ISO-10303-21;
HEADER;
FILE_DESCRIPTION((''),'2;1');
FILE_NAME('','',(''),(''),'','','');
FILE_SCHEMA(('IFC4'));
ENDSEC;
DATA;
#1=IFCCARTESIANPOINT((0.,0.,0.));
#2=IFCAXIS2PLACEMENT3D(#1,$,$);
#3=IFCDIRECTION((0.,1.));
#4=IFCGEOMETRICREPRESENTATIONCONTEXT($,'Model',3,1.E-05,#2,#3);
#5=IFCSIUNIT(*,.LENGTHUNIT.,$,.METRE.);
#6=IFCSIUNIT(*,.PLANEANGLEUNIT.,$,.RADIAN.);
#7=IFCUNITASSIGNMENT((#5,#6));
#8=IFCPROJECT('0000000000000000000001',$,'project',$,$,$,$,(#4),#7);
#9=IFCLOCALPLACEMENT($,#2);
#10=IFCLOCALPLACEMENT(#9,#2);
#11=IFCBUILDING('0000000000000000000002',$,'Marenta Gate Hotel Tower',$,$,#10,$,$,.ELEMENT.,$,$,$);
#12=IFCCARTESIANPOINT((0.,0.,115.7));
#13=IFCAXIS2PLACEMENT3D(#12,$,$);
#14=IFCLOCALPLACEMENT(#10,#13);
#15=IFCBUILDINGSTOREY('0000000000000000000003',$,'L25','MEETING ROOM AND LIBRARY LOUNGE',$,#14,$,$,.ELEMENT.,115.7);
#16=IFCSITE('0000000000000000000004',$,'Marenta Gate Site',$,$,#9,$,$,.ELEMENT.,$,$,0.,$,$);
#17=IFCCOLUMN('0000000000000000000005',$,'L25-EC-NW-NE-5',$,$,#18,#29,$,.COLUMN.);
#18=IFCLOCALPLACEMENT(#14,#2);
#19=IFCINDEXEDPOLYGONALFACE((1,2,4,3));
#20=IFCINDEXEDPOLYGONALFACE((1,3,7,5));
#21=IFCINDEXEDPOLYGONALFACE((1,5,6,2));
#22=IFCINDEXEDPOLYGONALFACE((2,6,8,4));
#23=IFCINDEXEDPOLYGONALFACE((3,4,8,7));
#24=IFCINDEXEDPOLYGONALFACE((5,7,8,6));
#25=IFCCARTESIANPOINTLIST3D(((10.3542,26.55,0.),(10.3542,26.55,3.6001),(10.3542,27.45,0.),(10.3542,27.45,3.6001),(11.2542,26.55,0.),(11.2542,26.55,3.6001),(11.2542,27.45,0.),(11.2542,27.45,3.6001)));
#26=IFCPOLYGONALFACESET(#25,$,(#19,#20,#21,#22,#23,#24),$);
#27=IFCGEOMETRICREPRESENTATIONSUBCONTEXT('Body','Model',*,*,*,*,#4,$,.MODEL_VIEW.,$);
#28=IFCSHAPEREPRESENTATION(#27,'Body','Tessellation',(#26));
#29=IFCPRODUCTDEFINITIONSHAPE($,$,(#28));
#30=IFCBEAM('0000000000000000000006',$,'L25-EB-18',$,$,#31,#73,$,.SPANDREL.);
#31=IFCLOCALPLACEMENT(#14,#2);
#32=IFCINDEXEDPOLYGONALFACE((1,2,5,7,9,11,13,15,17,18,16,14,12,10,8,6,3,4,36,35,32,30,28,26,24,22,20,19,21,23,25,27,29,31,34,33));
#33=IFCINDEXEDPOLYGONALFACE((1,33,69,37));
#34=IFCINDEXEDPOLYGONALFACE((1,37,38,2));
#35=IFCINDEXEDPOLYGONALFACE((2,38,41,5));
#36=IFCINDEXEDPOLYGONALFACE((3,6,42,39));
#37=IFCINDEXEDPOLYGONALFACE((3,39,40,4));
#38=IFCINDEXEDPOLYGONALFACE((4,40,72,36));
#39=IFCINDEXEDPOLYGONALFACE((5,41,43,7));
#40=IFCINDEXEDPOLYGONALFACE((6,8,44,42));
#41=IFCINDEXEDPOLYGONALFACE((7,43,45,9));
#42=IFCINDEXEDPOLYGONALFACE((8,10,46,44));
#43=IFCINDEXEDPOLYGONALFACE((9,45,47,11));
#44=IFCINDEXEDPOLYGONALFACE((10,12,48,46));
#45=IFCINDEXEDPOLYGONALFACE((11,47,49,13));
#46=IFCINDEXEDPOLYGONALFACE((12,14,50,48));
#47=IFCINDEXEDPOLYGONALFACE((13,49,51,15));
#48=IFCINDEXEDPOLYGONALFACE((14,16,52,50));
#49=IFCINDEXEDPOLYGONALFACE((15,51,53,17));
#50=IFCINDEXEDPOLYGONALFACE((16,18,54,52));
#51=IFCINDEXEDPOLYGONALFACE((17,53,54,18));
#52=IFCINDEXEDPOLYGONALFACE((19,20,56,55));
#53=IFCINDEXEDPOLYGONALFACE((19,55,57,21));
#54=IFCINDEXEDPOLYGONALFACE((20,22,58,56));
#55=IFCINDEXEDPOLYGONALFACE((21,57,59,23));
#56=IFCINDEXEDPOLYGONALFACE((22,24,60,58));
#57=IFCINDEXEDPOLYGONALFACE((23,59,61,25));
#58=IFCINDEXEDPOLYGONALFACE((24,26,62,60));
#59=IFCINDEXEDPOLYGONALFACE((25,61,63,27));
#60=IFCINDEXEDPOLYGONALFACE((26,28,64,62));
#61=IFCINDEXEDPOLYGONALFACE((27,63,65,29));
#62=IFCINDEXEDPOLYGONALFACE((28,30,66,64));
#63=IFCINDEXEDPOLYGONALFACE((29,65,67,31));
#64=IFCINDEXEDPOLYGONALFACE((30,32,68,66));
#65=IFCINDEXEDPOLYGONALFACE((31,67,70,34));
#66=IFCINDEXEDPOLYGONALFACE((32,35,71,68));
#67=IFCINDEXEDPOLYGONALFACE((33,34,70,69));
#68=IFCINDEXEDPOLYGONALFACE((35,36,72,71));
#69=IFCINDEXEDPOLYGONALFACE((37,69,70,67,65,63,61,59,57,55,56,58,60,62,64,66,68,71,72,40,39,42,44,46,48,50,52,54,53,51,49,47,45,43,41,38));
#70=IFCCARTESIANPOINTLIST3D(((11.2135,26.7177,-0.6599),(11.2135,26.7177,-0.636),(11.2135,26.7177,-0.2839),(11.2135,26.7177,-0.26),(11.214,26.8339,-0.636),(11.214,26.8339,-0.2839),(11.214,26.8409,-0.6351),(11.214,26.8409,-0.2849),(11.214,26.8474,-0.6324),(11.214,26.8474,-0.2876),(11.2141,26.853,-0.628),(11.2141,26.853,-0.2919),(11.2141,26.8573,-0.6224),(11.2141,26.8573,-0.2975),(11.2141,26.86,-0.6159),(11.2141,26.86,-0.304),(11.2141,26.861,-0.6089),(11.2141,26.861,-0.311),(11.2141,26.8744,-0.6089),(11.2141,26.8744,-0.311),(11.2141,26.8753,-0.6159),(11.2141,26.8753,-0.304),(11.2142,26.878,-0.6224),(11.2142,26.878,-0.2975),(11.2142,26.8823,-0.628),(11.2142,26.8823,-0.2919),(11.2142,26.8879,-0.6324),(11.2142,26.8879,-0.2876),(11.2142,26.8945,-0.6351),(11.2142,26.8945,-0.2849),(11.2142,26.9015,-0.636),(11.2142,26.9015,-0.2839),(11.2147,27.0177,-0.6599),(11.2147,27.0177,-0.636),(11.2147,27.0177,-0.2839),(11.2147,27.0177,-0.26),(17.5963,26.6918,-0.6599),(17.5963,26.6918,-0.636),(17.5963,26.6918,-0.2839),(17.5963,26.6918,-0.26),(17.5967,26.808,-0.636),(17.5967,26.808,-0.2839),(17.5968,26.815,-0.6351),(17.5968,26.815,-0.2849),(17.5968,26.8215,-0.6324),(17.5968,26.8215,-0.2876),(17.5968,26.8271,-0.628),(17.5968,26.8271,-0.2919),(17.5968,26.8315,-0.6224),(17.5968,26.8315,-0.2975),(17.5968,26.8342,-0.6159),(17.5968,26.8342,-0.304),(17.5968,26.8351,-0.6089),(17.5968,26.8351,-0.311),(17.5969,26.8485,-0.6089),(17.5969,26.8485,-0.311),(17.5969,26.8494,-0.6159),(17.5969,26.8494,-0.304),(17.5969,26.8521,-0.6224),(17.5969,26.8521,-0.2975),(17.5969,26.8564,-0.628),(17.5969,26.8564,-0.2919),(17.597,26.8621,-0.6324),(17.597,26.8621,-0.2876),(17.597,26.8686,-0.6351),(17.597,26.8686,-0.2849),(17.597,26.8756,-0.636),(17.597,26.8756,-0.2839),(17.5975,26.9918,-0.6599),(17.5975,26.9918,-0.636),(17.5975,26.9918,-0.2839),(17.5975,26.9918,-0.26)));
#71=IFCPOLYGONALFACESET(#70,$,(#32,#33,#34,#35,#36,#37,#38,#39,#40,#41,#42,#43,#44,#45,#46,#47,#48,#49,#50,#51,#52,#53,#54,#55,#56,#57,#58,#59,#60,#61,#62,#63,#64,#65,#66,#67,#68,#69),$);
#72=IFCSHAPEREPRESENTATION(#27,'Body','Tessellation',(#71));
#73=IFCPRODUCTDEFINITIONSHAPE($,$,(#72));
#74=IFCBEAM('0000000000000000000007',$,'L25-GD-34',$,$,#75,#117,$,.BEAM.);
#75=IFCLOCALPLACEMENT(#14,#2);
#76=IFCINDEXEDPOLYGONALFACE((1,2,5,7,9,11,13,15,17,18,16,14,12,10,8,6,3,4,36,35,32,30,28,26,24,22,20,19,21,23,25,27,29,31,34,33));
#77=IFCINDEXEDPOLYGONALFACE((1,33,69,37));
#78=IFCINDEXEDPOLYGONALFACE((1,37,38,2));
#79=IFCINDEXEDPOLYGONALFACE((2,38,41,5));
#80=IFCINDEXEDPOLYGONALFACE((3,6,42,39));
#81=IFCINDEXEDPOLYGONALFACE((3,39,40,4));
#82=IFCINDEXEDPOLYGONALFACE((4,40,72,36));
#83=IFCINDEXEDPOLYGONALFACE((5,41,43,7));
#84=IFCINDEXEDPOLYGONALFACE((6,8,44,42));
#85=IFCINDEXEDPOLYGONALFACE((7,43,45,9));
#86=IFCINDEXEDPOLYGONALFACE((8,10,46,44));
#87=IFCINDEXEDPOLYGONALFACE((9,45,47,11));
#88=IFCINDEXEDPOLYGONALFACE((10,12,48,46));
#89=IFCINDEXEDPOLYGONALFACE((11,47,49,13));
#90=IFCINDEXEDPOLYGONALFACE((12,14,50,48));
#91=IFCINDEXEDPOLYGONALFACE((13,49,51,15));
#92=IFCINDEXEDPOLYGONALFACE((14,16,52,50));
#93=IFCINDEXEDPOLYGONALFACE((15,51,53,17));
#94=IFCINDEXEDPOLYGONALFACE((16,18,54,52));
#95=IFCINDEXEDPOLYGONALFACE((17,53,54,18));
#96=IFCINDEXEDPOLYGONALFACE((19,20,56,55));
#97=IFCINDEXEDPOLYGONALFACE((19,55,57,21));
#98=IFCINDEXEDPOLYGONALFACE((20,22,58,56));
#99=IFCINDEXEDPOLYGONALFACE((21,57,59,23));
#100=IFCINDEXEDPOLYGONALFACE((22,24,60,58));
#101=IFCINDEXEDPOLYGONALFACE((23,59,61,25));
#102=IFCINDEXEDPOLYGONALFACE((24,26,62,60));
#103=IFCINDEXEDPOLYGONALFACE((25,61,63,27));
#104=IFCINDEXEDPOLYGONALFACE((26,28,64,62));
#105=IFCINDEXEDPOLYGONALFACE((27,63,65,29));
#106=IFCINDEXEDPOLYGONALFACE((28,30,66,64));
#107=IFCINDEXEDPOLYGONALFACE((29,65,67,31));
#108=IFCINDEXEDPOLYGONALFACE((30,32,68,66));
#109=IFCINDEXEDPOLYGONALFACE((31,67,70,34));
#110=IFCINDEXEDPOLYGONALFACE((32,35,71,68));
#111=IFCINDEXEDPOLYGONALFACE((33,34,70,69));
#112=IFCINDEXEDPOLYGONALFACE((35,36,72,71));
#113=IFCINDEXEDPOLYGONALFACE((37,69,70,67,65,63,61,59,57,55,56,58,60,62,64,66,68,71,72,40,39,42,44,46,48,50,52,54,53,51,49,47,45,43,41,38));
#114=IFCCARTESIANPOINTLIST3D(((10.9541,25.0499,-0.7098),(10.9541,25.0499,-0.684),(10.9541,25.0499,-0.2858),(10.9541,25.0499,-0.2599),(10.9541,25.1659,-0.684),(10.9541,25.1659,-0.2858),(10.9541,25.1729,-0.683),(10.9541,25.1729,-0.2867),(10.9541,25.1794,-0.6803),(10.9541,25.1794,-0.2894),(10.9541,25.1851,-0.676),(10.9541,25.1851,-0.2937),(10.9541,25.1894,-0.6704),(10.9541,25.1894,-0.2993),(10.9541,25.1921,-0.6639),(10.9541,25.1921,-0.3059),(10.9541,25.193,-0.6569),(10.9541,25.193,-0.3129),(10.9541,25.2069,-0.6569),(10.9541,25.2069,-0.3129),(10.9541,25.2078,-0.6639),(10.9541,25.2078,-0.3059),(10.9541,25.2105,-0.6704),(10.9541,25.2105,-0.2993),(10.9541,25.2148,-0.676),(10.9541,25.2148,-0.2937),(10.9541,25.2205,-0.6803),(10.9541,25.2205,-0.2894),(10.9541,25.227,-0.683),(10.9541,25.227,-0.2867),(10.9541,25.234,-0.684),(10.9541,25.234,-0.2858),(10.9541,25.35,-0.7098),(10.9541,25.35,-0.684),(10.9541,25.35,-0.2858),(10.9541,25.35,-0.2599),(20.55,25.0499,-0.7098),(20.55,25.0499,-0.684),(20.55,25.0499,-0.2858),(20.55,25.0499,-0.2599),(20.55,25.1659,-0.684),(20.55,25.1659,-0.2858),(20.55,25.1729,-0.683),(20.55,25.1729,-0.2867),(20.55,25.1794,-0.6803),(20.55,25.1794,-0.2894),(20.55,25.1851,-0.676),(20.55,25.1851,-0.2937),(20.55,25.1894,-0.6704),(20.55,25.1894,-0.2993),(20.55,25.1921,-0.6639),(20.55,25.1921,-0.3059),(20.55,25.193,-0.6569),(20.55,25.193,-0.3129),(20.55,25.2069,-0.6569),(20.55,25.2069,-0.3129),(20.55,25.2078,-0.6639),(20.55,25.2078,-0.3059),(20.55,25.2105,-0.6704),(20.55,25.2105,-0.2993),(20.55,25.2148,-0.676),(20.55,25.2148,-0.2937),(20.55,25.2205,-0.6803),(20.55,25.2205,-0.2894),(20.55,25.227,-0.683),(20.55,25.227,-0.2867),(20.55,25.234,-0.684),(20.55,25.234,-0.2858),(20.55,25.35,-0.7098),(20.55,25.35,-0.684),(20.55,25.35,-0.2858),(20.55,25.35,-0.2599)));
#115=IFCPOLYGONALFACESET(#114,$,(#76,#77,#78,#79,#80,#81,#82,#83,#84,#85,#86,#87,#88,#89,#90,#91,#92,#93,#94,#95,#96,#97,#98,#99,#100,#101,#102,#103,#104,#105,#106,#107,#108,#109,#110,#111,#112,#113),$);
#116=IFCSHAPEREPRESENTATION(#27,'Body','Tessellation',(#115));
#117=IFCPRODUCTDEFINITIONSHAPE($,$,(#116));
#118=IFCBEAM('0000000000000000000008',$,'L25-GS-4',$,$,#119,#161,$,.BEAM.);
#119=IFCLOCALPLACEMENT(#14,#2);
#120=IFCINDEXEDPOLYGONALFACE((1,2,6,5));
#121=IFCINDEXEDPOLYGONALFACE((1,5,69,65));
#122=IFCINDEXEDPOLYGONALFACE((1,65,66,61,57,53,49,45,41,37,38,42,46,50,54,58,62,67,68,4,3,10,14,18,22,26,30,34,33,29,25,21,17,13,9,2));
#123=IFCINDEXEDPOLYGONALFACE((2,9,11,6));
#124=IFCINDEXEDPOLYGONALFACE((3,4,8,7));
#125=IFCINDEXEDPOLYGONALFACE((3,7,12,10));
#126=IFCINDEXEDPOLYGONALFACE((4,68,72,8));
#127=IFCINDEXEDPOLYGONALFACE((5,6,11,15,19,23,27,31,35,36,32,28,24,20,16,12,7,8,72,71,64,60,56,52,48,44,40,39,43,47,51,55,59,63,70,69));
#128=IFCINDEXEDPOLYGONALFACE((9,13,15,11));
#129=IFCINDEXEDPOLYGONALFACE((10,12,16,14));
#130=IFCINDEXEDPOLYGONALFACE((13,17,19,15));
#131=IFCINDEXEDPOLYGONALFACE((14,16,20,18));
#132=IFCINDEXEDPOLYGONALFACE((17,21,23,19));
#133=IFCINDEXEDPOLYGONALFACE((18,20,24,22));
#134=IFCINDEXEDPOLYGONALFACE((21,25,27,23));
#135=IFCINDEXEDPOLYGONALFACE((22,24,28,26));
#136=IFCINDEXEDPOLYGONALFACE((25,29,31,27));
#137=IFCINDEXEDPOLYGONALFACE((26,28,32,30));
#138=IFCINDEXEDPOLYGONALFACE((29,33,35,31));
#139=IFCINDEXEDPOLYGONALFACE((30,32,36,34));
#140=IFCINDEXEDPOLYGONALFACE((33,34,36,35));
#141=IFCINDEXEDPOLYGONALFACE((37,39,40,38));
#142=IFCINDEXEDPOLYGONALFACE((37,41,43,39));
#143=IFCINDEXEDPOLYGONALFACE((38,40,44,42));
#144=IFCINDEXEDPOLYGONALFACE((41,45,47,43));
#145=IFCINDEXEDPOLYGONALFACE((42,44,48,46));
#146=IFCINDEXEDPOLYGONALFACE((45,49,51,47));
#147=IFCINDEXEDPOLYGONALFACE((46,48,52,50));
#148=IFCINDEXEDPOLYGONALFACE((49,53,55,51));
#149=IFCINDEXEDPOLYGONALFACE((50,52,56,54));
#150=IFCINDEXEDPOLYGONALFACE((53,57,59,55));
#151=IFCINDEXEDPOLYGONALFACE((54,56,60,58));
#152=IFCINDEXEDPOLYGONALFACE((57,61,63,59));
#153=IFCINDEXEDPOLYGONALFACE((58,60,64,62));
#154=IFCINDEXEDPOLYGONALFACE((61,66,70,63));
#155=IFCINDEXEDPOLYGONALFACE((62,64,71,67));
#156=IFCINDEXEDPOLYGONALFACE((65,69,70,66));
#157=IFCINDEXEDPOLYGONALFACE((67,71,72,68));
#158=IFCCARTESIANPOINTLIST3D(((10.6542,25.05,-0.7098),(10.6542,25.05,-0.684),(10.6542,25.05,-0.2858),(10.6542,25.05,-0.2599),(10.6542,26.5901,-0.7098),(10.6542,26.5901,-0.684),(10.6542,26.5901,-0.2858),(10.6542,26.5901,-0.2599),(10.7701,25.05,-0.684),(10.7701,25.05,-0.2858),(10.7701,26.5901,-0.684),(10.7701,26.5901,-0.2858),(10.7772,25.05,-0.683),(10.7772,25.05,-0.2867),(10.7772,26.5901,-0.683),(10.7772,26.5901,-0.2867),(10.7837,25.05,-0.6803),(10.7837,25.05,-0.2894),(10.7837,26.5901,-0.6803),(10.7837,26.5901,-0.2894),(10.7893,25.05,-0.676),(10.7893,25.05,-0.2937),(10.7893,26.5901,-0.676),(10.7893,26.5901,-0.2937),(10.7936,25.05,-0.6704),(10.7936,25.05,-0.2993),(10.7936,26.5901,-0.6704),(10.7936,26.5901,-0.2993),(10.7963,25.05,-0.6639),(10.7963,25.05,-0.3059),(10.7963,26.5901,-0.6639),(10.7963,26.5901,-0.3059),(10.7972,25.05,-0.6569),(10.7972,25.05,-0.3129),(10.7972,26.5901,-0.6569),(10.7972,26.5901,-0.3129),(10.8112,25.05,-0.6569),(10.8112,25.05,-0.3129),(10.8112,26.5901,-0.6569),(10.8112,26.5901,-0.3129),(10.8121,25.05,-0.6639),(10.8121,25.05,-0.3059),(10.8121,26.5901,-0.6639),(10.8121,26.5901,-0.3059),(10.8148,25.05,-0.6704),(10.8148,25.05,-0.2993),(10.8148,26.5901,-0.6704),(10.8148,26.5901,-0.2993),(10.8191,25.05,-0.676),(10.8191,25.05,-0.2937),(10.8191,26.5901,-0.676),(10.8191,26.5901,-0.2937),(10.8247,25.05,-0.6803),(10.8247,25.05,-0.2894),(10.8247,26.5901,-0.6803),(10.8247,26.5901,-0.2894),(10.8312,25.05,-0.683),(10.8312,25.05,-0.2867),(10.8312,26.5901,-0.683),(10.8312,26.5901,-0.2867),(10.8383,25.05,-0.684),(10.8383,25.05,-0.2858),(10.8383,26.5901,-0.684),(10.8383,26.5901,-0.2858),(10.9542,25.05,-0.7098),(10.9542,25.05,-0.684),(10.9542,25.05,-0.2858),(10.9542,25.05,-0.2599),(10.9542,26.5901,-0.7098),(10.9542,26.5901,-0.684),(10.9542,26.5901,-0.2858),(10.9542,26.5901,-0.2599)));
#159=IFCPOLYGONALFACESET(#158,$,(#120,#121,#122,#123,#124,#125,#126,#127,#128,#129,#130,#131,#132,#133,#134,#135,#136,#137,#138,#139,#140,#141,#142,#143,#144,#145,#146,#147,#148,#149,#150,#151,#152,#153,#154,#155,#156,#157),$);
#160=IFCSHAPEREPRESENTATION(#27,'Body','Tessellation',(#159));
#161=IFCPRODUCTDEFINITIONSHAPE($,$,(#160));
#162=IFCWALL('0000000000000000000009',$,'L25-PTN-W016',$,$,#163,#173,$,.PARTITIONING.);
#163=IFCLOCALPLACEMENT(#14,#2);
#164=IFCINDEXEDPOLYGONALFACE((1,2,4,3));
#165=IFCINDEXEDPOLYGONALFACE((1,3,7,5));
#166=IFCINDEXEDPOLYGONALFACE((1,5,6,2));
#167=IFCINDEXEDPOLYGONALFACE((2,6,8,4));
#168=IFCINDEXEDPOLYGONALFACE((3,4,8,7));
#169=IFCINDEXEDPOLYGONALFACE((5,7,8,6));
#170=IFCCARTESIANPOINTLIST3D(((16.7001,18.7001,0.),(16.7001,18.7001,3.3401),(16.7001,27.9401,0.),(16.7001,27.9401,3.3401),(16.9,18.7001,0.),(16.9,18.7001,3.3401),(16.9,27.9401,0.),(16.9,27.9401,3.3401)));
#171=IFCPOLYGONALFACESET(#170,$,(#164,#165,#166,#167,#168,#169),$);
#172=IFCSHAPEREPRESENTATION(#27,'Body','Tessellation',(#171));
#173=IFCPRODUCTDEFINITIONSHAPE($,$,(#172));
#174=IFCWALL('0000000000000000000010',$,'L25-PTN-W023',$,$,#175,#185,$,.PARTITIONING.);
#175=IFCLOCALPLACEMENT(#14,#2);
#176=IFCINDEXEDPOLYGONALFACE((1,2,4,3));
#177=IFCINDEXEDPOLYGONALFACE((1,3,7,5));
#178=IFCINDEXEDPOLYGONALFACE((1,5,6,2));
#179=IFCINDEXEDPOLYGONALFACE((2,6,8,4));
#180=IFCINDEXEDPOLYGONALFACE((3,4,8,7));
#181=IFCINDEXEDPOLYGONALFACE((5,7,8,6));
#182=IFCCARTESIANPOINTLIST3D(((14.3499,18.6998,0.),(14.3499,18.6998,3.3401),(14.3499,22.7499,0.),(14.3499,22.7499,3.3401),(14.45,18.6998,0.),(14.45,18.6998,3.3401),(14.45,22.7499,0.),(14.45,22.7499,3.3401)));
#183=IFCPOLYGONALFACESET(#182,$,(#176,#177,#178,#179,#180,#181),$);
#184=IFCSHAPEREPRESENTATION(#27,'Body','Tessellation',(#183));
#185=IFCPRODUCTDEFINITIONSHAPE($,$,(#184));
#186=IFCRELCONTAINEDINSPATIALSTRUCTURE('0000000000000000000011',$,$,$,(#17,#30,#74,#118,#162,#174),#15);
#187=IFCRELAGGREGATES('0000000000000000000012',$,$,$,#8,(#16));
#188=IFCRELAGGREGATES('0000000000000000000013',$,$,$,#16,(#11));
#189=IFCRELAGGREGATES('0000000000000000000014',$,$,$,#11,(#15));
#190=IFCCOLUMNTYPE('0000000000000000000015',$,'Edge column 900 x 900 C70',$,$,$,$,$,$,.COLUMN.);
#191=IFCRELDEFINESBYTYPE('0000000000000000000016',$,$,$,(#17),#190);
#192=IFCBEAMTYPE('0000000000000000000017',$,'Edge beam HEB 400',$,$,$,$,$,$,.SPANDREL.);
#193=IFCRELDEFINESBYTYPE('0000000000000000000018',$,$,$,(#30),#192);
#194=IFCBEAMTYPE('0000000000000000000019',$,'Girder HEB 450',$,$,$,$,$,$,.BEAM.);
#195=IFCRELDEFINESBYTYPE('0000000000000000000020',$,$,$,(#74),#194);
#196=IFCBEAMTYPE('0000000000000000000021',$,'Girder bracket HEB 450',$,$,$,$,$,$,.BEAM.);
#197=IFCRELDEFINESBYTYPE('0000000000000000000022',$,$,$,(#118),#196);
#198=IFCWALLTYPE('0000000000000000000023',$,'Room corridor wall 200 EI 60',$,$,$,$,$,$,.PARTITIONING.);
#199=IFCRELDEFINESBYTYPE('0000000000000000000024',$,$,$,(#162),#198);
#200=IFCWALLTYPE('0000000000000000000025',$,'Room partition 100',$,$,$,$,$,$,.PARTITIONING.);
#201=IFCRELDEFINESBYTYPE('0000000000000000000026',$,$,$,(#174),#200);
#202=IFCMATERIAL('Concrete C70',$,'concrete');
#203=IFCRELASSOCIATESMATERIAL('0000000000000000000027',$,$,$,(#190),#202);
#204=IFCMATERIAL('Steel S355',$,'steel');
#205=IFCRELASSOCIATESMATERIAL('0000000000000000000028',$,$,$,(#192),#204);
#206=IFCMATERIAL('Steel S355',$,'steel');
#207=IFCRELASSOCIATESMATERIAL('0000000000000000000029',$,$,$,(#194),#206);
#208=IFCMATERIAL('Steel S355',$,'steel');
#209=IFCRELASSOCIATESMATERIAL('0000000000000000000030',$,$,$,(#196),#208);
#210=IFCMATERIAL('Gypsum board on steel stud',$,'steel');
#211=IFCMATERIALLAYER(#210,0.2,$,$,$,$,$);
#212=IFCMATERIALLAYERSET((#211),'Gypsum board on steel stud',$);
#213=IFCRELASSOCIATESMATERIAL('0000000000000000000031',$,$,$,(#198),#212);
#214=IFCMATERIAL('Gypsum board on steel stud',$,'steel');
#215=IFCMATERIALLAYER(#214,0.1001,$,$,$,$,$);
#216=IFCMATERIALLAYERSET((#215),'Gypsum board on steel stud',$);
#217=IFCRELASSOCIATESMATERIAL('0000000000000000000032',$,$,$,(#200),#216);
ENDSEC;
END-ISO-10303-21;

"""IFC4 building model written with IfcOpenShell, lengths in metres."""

from ifc_helpers import new_model, si_unit, direction, frame, frame_2d, origin, origin_2d, place, context, subcontext, project, spatial, rectangle, i_section, extrude, material, layer, layer_set, material_profile, profile_set, type_object, element, save


model = new_model("IFC4")

# Units and contexts
model_context = context("Model", 3, precision=1e-05, world=origin(), true_north=direction((0.0, 1.0)))
body_context = subcontext(model_context, "Body", "Model", "MODEL_VIEW")
ifc_project = project(units=[si_unit("LENGTHUNIT", "METRE"), si_unit("PLANEANGLEUNIT", "RADIAN")], contexts=[model_context])

# Site, building, storey
site_placement = place(None, origin())
site = spatial("IfcSite", under=ifc_project, at=site_placement, Name="Marenta Gate Site", CompositionType="ELEMENT", RefElevation=0.0)
building_placement = place(site_placement, origin())
building = spatial("IfcBuilding", under=site, at=building_placement, Name="Marenta Gate Hotel Tower", CompositionType="ELEMENT")
storey_placement = place(building_placement, frame((0.0, 0.0, 115.7)))
storey = spatial("IfcBuildingStorey", under=building, at=storey_placement, Name="L25", Description="MEETING ROOM AND LIBRARY LOUNGE", CompositionType="ELEMENT", Elevation=115.7)

# Column
ifc_material_1 = material(Name="Concrete C70", Category="concrete")
ifc_material_profile_1 = material_profile(ifc_material_1, rectangle(XDim=0.8999, YDim=0.8999, at=origin_2d()), Name="900 x 900")
ifc_profile_set_1 = profile_set([ifc_material_profile_1], Name="Concrete C70")
column_type = type_object("IfcColumnType", Name="Edge column 900 x 900 C70", PredefinedType="COLUMN", material=ifc_profile_set_1)
column_placement = place(storey_placement, frame((10.8042, 27.0, 0.0), z_axis=(0.0, 0.0, 1.0), x_axis=(1.0, 0.0, 0.0)))
element("IfcColumn", 1, at=column_placement, inside=storey, type_object=column_type, Name="L25-EC-NW-NE-5", PredefinedType="COLUMN", context=body_context, shape_type="SweptSolid", body=[
    extrude(rectangle(XDim=0.8999, YDim=0.8999, at=origin_2d()), origin(), (0.0, 0.0, 1.0), 3.6001),
])

# Beams
ifc_material_2 = material(Name="Steel S355", Category="steel")
ifc_material_profile_2 = material_profile(ifc_material_2, i_section(OverallWidth=0.3, OverallDepth=0.3999, WebThickness=0.0134, FlangeThickness=0.0239, FilletRadius=0.0271, at=origin_2d()), Name="HEB 400")
ifc_profile_set_2 = profile_set([ifc_material_profile_2], Name="Steel S355")
beam_type_1 = type_object("IfcBeamType", Name="Edge beam HEB 400", PredefinedType="SPANDREL", material=ifc_profile_set_2)
beam_1_placement = place(storey_placement, frame((11.2141, 26.8677, -0.46), z_axis=(0.999992, -0.004054, 0.0), x_axis=(0.004054, 0.999992, 0.0)))
element("IfcBeam", 2, at=beam_1_placement, inside=storey, type_object=beam_type_1, Name="L25-EB-18", PredefinedType="SPANDREL", context=body_context, shape_type="SweptSolid", body=[
    extrude(i_section(OverallWidth=0.3, OverallDepth=0.3999, WebThickness=0.0134, FlangeThickness=0.0239, FilletRadius=0.0271, at=origin_2d()), origin(), (0.0, 0.0, 1.0), 6.3828),
])
ifc_material_3 = material(Name="Steel S355", Category="steel")
ifc_material_profile_3 = material_profile(ifc_material_3, i_section(OverallWidth=0.3, OverallDepth=0.45, WebThickness=0.0139, FlangeThickness=0.0259, FilletRadius=0.0271, at=origin_2d()), Name="HEB 450")
ifc_profile_set_3 = profile_set([ifc_material_profile_3], Name="Steel S355")
beam_type_2 = type_object("IfcBeamType", Name="Girder HEB 450", PredefinedType="BEAM", material=ifc_profile_set_3)
beam_2_placement = place(storey_placement, frame((10.9541, 25.2, -0.4849), z_axis=(1.0, 0.0, 0.0), x_axis=(0.0, 1.0, 0.0)))
element("IfcBeam", 3, at=beam_2_placement, inside=storey, type_object=beam_type_2, Name="L25-GD-34", PredefinedType="BEAM", context=body_context, shape_type="SweptSolid", body=[
    extrude(i_section(OverallWidth=0.3, OverallDepth=0.45, WebThickness=0.0139, FlangeThickness=0.0259, FilletRadius=0.0271, at=origin_2d()), origin(), (0.0, 0.0, 1.0), 9.5959),
])
ifc_material_4 = material(Name="Steel S355", Category="steel")
ifc_material_profile_4 = material_profile(ifc_material_4, i_section(OverallWidth=0.3, OverallDepth=0.45, WebThickness=0.0139, FlangeThickness=0.0259, FilletRadius=0.0271, at=origin_2d()), Name="HEB 450")
ifc_profile_set_4 = profile_set([ifc_material_profile_4], Name="Steel S355")
beam_type_3 = type_object("IfcBeamType", Name="Girder bracket HEB 450", PredefinedType="BEAM", material=ifc_profile_set_4)
beam_3_placement = place(storey_placement, frame((10.8042, 25.05, -0.4849), z_axis=(0.0, 1.0, 0.0), x_axis=(-1.0, 0.0, 0.0)))
element("IfcBeam", 4, at=beam_3_placement, inside=storey, type_object=beam_type_3, Name="L25-GS-4", PredefinedType="BEAM", context=body_context, shape_type="SweptSolid", body=[
    extrude(i_section(OverallWidth=0.3, OverallDepth=0.45, WebThickness=0.0139, FlangeThickness=0.0259, FilletRadius=0.0271, at=origin_2d()), origin(), (0.0, 0.0, 1.0), 1.54),
])

# Walls
ifc_material_5 = material(Name="Gypsum board on steel stud", Category="steel")
ifc_layer_1 = layer(ifc_material_5, 0.2)
ifc_layer_set_1 = layer_set([ifc_layer_1], Name="Gypsum board on steel stud")
wall_type_1 = type_object("IfcWallType", Name="Room corridor wall 200 EI 60", PredefinedType="PARTITIONING", material=ifc_layer_set_1)
wall_1_placement = place(storey_placement, frame((16.8, 18.7, 0.0), z_axis=(0.0, 0.0, 1.0), x_axis=(0.0, 1.0, 0.0)))
element("IfcWall", 5, at=wall_1_placement, inside=storey, type_object=wall_type_1, Name="L25-PTN-W016", PredefinedType="PARTITIONING", context=body_context, shape_type="SweptSolid", body=[
    extrude(rectangle(XDim=9.24, YDim=0.2, at=frame_2d((4.6201, 0.0))), origin(), (0.0, 0.0, 1.0), 3.3401),
])
ifc_material_6 = material(Name="Gypsum board on steel stud", Category="steel")
ifc_layer_2 = layer(ifc_material_6, 0.1001)
ifc_layer_set_2 = layer_set([ifc_layer_2], Name="Gypsum board on steel stud")
wall_type_2 = type_object("IfcWallType", Name="Room partition 100", PredefinedType="PARTITIONING", material=ifc_layer_set_2)
wall_2_placement = place(storey_placement, frame((14.3999, 18.7, 0.0), z_axis=(0.0, 0.0, 1.0), x_axis=(0.0, 1.0, 0.0)))
element("IfcWall", 6, at=wall_2_placement, inside=storey, type_object=wall_type_2, Name="L25-PTN-W023", PredefinedType="PARTITIONING", context=body_context, shape_type="SweptSolid", body=[
    extrude(rectangle(XDim=4.05, YDim=0.1001, at=frame_2d((2.0249, 0.0))), origin(), (0.0, 0.0, 1.0), 3.3401),
])

save(model, "model.ifc")
